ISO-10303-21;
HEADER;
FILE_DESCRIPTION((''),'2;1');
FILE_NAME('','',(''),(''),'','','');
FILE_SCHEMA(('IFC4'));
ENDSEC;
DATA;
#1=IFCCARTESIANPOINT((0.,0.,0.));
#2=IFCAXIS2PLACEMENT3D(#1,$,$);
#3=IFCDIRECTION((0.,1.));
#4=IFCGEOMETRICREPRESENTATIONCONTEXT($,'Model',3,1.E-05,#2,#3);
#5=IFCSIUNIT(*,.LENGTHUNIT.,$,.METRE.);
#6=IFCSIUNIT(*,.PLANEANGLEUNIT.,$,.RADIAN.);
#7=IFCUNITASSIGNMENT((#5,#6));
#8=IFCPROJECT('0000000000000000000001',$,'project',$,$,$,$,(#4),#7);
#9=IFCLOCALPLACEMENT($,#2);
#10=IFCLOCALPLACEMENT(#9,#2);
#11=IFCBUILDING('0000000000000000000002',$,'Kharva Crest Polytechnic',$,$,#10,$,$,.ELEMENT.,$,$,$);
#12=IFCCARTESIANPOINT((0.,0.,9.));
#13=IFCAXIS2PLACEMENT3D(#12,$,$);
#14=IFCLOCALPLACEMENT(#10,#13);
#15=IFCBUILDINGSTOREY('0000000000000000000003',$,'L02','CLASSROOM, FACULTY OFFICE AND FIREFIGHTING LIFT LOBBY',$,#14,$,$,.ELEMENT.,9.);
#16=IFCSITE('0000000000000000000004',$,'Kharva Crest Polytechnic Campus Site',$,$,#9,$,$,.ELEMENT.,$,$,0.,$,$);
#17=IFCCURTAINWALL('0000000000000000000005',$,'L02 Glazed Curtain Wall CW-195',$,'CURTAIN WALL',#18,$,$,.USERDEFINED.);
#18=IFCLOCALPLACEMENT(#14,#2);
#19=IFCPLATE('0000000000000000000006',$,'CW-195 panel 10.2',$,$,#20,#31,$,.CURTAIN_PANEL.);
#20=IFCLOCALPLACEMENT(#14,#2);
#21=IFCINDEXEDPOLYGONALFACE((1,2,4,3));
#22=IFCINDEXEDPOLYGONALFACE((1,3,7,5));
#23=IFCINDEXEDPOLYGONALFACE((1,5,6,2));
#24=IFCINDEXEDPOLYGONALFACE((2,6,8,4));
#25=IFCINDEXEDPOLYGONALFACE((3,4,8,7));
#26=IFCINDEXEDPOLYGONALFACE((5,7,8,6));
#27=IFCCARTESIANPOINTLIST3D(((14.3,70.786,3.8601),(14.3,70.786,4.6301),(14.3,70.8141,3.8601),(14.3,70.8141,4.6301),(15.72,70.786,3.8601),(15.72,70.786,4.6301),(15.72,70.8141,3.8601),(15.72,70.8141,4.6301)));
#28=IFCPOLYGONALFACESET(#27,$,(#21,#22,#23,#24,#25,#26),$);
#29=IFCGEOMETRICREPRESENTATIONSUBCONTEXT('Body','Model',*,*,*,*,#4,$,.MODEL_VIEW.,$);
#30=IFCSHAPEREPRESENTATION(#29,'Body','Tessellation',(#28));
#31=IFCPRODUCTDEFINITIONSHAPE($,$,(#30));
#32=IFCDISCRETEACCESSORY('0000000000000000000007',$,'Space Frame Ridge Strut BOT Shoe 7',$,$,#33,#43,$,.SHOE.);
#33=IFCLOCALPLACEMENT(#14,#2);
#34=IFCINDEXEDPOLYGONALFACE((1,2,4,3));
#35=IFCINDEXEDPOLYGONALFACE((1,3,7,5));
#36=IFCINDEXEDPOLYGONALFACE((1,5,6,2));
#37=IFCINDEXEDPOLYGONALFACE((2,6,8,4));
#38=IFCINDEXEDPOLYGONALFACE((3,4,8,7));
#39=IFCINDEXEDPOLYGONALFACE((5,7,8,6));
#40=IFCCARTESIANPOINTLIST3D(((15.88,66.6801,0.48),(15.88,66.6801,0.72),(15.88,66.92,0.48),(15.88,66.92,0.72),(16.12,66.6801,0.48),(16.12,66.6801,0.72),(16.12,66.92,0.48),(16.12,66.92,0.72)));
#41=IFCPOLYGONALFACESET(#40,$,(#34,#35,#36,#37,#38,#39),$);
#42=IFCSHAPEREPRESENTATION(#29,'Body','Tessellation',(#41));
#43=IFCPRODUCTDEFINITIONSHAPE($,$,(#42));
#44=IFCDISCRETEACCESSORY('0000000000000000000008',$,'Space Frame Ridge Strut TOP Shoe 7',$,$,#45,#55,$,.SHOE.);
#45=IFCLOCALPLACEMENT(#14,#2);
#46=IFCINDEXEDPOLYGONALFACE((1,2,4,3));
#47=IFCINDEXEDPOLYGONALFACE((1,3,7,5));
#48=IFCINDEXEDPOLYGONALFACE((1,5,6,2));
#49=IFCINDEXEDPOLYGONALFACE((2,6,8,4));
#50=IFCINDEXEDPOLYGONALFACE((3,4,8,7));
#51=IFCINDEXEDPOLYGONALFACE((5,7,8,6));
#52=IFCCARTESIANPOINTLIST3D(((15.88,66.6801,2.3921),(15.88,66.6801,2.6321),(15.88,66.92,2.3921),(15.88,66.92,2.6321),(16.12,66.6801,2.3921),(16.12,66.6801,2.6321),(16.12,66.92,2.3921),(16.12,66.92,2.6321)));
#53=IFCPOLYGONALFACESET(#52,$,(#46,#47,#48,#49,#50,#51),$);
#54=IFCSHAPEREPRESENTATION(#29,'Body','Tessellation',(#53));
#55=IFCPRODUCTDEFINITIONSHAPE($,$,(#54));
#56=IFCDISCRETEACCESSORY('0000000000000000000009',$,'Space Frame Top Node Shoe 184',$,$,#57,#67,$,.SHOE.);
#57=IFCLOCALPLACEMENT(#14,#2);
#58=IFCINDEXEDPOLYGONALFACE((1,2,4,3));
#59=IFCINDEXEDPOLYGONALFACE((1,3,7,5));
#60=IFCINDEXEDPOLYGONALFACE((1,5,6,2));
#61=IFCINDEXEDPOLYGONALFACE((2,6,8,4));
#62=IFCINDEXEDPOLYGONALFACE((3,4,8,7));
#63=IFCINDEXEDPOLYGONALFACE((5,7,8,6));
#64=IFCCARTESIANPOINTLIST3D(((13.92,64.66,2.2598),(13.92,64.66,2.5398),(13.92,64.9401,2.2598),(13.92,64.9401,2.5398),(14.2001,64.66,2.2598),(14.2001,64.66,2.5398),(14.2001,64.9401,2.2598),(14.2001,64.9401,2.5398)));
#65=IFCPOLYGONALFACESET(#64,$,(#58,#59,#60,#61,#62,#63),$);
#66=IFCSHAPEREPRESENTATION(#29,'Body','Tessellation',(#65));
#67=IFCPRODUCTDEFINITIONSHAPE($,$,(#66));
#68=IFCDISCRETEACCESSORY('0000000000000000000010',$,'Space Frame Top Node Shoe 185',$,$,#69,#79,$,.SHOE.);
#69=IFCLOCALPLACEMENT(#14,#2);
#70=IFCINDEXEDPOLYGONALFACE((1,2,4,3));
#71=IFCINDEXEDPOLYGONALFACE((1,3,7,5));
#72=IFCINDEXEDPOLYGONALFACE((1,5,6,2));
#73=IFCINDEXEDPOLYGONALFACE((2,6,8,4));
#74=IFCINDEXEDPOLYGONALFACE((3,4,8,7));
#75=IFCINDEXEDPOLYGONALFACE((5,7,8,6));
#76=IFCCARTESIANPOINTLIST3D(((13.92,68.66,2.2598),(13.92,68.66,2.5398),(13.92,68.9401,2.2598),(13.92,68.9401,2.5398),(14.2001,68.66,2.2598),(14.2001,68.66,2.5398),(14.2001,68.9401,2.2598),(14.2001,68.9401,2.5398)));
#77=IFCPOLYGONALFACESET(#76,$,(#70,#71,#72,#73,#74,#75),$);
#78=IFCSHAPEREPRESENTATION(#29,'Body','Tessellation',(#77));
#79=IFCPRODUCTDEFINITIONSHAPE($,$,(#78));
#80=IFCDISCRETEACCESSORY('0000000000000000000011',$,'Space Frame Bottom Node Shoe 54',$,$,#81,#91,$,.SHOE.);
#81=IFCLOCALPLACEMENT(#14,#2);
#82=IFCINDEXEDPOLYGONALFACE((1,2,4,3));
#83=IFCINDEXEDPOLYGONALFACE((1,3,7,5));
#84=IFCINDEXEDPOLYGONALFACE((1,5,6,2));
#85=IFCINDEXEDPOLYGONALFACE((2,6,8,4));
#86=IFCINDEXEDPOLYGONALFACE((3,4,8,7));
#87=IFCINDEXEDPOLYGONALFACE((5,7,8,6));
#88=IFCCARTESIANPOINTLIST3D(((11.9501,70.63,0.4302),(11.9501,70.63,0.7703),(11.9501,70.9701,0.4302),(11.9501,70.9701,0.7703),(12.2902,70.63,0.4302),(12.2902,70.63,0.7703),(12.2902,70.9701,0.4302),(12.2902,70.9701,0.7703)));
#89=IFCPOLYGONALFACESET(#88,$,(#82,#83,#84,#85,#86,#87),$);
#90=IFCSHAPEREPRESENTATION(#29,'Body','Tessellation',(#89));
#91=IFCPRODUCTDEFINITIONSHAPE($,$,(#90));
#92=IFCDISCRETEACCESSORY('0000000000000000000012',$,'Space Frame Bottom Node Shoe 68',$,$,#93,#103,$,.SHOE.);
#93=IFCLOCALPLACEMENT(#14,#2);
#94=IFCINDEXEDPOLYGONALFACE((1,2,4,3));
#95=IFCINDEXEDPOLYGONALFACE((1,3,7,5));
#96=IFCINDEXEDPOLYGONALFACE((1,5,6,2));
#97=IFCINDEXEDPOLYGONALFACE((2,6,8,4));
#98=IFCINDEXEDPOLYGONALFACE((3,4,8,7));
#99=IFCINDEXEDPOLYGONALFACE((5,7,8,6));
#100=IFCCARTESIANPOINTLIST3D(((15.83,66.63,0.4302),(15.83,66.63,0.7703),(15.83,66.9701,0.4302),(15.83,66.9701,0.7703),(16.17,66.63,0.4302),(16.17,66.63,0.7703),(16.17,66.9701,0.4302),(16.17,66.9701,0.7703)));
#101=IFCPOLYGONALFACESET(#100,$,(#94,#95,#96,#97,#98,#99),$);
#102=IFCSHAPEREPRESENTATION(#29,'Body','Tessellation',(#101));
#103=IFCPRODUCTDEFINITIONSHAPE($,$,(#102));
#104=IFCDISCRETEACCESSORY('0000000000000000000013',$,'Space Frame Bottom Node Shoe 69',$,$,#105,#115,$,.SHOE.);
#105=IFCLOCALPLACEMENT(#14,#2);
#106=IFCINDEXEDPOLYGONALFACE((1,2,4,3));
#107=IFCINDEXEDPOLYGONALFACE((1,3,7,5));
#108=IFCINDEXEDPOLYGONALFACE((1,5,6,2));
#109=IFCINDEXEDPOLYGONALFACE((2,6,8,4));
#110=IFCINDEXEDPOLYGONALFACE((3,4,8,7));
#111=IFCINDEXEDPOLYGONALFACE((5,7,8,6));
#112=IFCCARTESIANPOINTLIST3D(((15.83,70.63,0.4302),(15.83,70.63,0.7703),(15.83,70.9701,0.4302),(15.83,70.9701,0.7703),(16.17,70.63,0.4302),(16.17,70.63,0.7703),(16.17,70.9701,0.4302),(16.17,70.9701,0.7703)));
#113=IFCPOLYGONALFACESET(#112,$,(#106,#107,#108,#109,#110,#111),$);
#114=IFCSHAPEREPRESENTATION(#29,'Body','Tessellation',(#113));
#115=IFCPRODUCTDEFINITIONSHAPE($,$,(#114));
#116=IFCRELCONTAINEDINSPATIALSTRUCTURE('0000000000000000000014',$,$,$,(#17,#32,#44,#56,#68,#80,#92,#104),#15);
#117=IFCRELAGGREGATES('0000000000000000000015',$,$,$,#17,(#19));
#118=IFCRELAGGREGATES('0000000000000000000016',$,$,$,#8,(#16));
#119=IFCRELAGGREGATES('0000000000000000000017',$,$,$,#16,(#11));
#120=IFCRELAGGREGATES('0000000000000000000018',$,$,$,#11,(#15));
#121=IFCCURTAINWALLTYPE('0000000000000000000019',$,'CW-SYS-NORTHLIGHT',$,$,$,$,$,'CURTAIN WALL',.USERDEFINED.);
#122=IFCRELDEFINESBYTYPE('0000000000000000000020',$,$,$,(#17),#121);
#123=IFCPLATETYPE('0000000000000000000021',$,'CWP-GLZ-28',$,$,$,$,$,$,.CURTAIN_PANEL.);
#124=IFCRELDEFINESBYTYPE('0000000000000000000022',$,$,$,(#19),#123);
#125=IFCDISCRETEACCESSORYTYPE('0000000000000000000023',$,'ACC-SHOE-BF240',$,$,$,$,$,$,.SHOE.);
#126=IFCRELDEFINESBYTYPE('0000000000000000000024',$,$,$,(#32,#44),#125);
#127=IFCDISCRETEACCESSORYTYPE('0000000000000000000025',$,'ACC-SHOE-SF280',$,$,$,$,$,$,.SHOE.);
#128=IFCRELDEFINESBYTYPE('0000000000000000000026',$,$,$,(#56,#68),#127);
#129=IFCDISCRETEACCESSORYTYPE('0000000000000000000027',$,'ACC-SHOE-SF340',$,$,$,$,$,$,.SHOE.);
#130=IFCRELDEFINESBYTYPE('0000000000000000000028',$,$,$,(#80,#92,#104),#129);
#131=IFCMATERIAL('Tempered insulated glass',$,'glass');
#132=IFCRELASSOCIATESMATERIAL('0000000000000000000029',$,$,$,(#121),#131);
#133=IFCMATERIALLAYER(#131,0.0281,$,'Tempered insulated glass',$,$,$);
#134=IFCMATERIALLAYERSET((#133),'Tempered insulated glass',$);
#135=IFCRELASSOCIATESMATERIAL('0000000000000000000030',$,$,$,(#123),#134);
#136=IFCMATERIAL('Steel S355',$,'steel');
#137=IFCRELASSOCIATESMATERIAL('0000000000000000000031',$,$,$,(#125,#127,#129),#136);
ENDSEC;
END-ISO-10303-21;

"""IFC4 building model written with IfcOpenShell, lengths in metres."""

from ifc_helpers import new_model, si_unit, direction, frame, origin, origin_2d, place, context, subcontext, project, spatial, rectangle, extrude, material, layer, layer_set, type_object, element, aggregate, save


model = new_model("IFC4")

# Units and contexts
model_context = context("Model", 3, precision=1e-05, world=origin(), true_north=direction((0.0, 1.0)))
body_context = subcontext(model_context, "Body", "Model", "MODEL_VIEW")
ifc_project = project(units=[si_unit("LENGTHUNIT", "METRE"), si_unit("PLANEANGLEUNIT", "RADIAN")], contexts=[model_context])

# Site, building, storey
site_placement = place(None, origin())
site = spatial("IfcSite", under=ifc_project, at=site_placement, Name="Kharva Crest Polytechnic Campus Site", CompositionType="ELEMENT", RefElevation=0.0)
building_placement = place(site_placement, origin())
building = spatial("IfcBuilding", under=site, at=building_placement, Name="Kharva Crest Polytechnic", CompositionType="ELEMENT")
storey_placement = place(building_placement, frame((0.0, 0.0, 9.0)))
storey = spatial("IfcBuildingStorey", under=building, at=storey_placement, Name="L02", Description="CLASSROOM, FACULTY OFFICE AND FIREFIGHTING LIFT LOBBY", CompositionType="ELEMENT", Elevation=9.0)

# Curtain wall
ifc_material_1 = material(Name="Tempered insulated glass", Category="glass")
curtain_wall_type = type_object("IfcCurtainWallType", Name="CW-SYS-NORTHLIGHT", ElementType="CURTAIN WALL", PredefinedType="USERDEFINED", material=ifc_material_1)
curtain_wall_placement = place(storey_placement, origin())
curtain_wall = element("IfcCurtainWall", 1, at=curtain_wall_placement, inside=storey, type_object=curtain_wall_type, Name="L02 Glazed Curtain Wall CW-195", ObjectType="CURTAIN WALL", PredefinedType="USERDEFINED")
ifc_material_2 = material(Name="Steel S355", Category="steel")

# Plate
ifc_layer = layer(ifc_material_1, 0.0281, Name="Tempered insulated glass")
ifc_layer_set = layer_set([ifc_layer], Name="Tempered insulated glass")
plate_type = type_object("IfcPlateType", Name="CWP-GLZ-28", PredefinedType="CURTAIN_PANEL", material=ifc_layer_set)
plate_1_placement = place(storey_placement, frame((15.01, 70.8, 3.8601), z_axis=(0.0, 0.0, 1.0), x_axis=(1.0, 0.0, 0.0)))
plate_1 = element("IfcPlate", 2, at=plate_1_placement, type_object=plate_type, Name="CW-195 panel 10.2", PredefinedType="CURTAIN_PANEL", context=body_context, shape_type="SweptSolid", body=[
    extrude(rectangle(XDim=1.4199, YDim=0.0281, at=origin_2d()), origin(), (0.0, 0.0, 1.0), 0.77),
])
aggregate(curtain_wall, [plate_1])

# Discrete accessories
discrete_accessory_type_1 = type_object("IfcDiscreteAccessoryType", Name="ACC-SHOE-BF240", PredefinedType="SHOE", material=ifc_material_2)
for number, where, z_axis, x_axis, name in (
    (3, (16.0, 66.8, 0.48), (0.0, 0.0, 1.0), (1.0, 0.0, 0.0), "Space Frame Ridge Strut BOT Shoe 7"),
    (4, (16.0, 66.8, 2.3921), (0.0, 0.0, 1.0), (1.0, 0.0, 0.0), "Space Frame Ridge Strut TOP Shoe 7"),
):
    element("IfcDiscreteAccessory", number, at=place(storey_placement, frame(where, z_axis=z_axis, x_axis=x_axis)), inside=storey, type_object=discrete_accessory_type_1, Name=name, PredefinedType="SHOE", context=body_context, shape_type="SweptSolid", body=[
        extrude(rectangle(XDim=0.24, YDim=0.24, at=origin_2d()), origin(), (0.0, 0.0, 1.0), 0.24),
    ])
discrete_accessory_type_2 = type_object("IfcDiscreteAccessoryType", Name="ACC-SHOE-SF280", PredefinedType="SHOE", material=ifc_material_2)
for number, where, z_axis, x_axis, name in (
    (5, (14.0601, 64.8, 2.2598), (0.0, 0.0, 1.0), (1.0, 0.0, 0.0), "Space Frame Top Node Shoe 184"),
    (6, (14.0601, 68.8, 2.2598), (0.0, 0.0, 1.0), (1.0, 0.0, 0.0), "Space Frame Top Node Shoe 185"),
):
    element("IfcDiscreteAccessory", number, at=place(storey_placement, frame(where, z_axis=z_axis, x_axis=x_axis)), inside=storey, type_object=discrete_accessory_type_2, Name=name, PredefinedType="SHOE", context=body_context, shape_type="SweptSolid", body=[
        extrude(rectangle(XDim=0.28, YDim=0.28, at=origin_2d()), origin(), (0.0, 0.0, 1.0), 0.28),
    ])
discrete_accessory_type_3 = type_object("IfcDiscreteAccessoryType", Name="ACC-SHOE-SF340", PredefinedType="SHOE", material=ifc_material_2)
for number, where, z_axis, x_axis, name in (
    (7, (12.1201, 70.8, 0.4302), (0.0, 0.0, 1.0), (1.0, 0.0, 0.0), "Space Frame Bottom Node Shoe 54"),
    (8, (16.0, 66.8, 0.4302), (0.0, 0.0, 1.0), (1.0, 0.0, 0.0), "Space Frame Bottom Node Shoe 68"),
    (9, (16.0, 70.8, 0.4302), (0.0, 0.0, 1.0), (1.0, 0.0, 0.0), "Space Frame Bottom Node Shoe 69"),
):
    element("IfcDiscreteAccessory", number, at=place(storey_placement, frame(where, z_axis=z_axis, x_axis=x_axis)), inside=storey, type_object=discrete_accessory_type_3, Name=name, PredefinedType="SHOE", context=body_context, shape_type="SweptSolid", body=[
        extrude(rectangle(XDim=0.3401, YDim=0.3401, at=origin_2d()), origin(), (0.0, 0.0, 1.0), 0.3401),
    ])

save(model, "model.ifc")
